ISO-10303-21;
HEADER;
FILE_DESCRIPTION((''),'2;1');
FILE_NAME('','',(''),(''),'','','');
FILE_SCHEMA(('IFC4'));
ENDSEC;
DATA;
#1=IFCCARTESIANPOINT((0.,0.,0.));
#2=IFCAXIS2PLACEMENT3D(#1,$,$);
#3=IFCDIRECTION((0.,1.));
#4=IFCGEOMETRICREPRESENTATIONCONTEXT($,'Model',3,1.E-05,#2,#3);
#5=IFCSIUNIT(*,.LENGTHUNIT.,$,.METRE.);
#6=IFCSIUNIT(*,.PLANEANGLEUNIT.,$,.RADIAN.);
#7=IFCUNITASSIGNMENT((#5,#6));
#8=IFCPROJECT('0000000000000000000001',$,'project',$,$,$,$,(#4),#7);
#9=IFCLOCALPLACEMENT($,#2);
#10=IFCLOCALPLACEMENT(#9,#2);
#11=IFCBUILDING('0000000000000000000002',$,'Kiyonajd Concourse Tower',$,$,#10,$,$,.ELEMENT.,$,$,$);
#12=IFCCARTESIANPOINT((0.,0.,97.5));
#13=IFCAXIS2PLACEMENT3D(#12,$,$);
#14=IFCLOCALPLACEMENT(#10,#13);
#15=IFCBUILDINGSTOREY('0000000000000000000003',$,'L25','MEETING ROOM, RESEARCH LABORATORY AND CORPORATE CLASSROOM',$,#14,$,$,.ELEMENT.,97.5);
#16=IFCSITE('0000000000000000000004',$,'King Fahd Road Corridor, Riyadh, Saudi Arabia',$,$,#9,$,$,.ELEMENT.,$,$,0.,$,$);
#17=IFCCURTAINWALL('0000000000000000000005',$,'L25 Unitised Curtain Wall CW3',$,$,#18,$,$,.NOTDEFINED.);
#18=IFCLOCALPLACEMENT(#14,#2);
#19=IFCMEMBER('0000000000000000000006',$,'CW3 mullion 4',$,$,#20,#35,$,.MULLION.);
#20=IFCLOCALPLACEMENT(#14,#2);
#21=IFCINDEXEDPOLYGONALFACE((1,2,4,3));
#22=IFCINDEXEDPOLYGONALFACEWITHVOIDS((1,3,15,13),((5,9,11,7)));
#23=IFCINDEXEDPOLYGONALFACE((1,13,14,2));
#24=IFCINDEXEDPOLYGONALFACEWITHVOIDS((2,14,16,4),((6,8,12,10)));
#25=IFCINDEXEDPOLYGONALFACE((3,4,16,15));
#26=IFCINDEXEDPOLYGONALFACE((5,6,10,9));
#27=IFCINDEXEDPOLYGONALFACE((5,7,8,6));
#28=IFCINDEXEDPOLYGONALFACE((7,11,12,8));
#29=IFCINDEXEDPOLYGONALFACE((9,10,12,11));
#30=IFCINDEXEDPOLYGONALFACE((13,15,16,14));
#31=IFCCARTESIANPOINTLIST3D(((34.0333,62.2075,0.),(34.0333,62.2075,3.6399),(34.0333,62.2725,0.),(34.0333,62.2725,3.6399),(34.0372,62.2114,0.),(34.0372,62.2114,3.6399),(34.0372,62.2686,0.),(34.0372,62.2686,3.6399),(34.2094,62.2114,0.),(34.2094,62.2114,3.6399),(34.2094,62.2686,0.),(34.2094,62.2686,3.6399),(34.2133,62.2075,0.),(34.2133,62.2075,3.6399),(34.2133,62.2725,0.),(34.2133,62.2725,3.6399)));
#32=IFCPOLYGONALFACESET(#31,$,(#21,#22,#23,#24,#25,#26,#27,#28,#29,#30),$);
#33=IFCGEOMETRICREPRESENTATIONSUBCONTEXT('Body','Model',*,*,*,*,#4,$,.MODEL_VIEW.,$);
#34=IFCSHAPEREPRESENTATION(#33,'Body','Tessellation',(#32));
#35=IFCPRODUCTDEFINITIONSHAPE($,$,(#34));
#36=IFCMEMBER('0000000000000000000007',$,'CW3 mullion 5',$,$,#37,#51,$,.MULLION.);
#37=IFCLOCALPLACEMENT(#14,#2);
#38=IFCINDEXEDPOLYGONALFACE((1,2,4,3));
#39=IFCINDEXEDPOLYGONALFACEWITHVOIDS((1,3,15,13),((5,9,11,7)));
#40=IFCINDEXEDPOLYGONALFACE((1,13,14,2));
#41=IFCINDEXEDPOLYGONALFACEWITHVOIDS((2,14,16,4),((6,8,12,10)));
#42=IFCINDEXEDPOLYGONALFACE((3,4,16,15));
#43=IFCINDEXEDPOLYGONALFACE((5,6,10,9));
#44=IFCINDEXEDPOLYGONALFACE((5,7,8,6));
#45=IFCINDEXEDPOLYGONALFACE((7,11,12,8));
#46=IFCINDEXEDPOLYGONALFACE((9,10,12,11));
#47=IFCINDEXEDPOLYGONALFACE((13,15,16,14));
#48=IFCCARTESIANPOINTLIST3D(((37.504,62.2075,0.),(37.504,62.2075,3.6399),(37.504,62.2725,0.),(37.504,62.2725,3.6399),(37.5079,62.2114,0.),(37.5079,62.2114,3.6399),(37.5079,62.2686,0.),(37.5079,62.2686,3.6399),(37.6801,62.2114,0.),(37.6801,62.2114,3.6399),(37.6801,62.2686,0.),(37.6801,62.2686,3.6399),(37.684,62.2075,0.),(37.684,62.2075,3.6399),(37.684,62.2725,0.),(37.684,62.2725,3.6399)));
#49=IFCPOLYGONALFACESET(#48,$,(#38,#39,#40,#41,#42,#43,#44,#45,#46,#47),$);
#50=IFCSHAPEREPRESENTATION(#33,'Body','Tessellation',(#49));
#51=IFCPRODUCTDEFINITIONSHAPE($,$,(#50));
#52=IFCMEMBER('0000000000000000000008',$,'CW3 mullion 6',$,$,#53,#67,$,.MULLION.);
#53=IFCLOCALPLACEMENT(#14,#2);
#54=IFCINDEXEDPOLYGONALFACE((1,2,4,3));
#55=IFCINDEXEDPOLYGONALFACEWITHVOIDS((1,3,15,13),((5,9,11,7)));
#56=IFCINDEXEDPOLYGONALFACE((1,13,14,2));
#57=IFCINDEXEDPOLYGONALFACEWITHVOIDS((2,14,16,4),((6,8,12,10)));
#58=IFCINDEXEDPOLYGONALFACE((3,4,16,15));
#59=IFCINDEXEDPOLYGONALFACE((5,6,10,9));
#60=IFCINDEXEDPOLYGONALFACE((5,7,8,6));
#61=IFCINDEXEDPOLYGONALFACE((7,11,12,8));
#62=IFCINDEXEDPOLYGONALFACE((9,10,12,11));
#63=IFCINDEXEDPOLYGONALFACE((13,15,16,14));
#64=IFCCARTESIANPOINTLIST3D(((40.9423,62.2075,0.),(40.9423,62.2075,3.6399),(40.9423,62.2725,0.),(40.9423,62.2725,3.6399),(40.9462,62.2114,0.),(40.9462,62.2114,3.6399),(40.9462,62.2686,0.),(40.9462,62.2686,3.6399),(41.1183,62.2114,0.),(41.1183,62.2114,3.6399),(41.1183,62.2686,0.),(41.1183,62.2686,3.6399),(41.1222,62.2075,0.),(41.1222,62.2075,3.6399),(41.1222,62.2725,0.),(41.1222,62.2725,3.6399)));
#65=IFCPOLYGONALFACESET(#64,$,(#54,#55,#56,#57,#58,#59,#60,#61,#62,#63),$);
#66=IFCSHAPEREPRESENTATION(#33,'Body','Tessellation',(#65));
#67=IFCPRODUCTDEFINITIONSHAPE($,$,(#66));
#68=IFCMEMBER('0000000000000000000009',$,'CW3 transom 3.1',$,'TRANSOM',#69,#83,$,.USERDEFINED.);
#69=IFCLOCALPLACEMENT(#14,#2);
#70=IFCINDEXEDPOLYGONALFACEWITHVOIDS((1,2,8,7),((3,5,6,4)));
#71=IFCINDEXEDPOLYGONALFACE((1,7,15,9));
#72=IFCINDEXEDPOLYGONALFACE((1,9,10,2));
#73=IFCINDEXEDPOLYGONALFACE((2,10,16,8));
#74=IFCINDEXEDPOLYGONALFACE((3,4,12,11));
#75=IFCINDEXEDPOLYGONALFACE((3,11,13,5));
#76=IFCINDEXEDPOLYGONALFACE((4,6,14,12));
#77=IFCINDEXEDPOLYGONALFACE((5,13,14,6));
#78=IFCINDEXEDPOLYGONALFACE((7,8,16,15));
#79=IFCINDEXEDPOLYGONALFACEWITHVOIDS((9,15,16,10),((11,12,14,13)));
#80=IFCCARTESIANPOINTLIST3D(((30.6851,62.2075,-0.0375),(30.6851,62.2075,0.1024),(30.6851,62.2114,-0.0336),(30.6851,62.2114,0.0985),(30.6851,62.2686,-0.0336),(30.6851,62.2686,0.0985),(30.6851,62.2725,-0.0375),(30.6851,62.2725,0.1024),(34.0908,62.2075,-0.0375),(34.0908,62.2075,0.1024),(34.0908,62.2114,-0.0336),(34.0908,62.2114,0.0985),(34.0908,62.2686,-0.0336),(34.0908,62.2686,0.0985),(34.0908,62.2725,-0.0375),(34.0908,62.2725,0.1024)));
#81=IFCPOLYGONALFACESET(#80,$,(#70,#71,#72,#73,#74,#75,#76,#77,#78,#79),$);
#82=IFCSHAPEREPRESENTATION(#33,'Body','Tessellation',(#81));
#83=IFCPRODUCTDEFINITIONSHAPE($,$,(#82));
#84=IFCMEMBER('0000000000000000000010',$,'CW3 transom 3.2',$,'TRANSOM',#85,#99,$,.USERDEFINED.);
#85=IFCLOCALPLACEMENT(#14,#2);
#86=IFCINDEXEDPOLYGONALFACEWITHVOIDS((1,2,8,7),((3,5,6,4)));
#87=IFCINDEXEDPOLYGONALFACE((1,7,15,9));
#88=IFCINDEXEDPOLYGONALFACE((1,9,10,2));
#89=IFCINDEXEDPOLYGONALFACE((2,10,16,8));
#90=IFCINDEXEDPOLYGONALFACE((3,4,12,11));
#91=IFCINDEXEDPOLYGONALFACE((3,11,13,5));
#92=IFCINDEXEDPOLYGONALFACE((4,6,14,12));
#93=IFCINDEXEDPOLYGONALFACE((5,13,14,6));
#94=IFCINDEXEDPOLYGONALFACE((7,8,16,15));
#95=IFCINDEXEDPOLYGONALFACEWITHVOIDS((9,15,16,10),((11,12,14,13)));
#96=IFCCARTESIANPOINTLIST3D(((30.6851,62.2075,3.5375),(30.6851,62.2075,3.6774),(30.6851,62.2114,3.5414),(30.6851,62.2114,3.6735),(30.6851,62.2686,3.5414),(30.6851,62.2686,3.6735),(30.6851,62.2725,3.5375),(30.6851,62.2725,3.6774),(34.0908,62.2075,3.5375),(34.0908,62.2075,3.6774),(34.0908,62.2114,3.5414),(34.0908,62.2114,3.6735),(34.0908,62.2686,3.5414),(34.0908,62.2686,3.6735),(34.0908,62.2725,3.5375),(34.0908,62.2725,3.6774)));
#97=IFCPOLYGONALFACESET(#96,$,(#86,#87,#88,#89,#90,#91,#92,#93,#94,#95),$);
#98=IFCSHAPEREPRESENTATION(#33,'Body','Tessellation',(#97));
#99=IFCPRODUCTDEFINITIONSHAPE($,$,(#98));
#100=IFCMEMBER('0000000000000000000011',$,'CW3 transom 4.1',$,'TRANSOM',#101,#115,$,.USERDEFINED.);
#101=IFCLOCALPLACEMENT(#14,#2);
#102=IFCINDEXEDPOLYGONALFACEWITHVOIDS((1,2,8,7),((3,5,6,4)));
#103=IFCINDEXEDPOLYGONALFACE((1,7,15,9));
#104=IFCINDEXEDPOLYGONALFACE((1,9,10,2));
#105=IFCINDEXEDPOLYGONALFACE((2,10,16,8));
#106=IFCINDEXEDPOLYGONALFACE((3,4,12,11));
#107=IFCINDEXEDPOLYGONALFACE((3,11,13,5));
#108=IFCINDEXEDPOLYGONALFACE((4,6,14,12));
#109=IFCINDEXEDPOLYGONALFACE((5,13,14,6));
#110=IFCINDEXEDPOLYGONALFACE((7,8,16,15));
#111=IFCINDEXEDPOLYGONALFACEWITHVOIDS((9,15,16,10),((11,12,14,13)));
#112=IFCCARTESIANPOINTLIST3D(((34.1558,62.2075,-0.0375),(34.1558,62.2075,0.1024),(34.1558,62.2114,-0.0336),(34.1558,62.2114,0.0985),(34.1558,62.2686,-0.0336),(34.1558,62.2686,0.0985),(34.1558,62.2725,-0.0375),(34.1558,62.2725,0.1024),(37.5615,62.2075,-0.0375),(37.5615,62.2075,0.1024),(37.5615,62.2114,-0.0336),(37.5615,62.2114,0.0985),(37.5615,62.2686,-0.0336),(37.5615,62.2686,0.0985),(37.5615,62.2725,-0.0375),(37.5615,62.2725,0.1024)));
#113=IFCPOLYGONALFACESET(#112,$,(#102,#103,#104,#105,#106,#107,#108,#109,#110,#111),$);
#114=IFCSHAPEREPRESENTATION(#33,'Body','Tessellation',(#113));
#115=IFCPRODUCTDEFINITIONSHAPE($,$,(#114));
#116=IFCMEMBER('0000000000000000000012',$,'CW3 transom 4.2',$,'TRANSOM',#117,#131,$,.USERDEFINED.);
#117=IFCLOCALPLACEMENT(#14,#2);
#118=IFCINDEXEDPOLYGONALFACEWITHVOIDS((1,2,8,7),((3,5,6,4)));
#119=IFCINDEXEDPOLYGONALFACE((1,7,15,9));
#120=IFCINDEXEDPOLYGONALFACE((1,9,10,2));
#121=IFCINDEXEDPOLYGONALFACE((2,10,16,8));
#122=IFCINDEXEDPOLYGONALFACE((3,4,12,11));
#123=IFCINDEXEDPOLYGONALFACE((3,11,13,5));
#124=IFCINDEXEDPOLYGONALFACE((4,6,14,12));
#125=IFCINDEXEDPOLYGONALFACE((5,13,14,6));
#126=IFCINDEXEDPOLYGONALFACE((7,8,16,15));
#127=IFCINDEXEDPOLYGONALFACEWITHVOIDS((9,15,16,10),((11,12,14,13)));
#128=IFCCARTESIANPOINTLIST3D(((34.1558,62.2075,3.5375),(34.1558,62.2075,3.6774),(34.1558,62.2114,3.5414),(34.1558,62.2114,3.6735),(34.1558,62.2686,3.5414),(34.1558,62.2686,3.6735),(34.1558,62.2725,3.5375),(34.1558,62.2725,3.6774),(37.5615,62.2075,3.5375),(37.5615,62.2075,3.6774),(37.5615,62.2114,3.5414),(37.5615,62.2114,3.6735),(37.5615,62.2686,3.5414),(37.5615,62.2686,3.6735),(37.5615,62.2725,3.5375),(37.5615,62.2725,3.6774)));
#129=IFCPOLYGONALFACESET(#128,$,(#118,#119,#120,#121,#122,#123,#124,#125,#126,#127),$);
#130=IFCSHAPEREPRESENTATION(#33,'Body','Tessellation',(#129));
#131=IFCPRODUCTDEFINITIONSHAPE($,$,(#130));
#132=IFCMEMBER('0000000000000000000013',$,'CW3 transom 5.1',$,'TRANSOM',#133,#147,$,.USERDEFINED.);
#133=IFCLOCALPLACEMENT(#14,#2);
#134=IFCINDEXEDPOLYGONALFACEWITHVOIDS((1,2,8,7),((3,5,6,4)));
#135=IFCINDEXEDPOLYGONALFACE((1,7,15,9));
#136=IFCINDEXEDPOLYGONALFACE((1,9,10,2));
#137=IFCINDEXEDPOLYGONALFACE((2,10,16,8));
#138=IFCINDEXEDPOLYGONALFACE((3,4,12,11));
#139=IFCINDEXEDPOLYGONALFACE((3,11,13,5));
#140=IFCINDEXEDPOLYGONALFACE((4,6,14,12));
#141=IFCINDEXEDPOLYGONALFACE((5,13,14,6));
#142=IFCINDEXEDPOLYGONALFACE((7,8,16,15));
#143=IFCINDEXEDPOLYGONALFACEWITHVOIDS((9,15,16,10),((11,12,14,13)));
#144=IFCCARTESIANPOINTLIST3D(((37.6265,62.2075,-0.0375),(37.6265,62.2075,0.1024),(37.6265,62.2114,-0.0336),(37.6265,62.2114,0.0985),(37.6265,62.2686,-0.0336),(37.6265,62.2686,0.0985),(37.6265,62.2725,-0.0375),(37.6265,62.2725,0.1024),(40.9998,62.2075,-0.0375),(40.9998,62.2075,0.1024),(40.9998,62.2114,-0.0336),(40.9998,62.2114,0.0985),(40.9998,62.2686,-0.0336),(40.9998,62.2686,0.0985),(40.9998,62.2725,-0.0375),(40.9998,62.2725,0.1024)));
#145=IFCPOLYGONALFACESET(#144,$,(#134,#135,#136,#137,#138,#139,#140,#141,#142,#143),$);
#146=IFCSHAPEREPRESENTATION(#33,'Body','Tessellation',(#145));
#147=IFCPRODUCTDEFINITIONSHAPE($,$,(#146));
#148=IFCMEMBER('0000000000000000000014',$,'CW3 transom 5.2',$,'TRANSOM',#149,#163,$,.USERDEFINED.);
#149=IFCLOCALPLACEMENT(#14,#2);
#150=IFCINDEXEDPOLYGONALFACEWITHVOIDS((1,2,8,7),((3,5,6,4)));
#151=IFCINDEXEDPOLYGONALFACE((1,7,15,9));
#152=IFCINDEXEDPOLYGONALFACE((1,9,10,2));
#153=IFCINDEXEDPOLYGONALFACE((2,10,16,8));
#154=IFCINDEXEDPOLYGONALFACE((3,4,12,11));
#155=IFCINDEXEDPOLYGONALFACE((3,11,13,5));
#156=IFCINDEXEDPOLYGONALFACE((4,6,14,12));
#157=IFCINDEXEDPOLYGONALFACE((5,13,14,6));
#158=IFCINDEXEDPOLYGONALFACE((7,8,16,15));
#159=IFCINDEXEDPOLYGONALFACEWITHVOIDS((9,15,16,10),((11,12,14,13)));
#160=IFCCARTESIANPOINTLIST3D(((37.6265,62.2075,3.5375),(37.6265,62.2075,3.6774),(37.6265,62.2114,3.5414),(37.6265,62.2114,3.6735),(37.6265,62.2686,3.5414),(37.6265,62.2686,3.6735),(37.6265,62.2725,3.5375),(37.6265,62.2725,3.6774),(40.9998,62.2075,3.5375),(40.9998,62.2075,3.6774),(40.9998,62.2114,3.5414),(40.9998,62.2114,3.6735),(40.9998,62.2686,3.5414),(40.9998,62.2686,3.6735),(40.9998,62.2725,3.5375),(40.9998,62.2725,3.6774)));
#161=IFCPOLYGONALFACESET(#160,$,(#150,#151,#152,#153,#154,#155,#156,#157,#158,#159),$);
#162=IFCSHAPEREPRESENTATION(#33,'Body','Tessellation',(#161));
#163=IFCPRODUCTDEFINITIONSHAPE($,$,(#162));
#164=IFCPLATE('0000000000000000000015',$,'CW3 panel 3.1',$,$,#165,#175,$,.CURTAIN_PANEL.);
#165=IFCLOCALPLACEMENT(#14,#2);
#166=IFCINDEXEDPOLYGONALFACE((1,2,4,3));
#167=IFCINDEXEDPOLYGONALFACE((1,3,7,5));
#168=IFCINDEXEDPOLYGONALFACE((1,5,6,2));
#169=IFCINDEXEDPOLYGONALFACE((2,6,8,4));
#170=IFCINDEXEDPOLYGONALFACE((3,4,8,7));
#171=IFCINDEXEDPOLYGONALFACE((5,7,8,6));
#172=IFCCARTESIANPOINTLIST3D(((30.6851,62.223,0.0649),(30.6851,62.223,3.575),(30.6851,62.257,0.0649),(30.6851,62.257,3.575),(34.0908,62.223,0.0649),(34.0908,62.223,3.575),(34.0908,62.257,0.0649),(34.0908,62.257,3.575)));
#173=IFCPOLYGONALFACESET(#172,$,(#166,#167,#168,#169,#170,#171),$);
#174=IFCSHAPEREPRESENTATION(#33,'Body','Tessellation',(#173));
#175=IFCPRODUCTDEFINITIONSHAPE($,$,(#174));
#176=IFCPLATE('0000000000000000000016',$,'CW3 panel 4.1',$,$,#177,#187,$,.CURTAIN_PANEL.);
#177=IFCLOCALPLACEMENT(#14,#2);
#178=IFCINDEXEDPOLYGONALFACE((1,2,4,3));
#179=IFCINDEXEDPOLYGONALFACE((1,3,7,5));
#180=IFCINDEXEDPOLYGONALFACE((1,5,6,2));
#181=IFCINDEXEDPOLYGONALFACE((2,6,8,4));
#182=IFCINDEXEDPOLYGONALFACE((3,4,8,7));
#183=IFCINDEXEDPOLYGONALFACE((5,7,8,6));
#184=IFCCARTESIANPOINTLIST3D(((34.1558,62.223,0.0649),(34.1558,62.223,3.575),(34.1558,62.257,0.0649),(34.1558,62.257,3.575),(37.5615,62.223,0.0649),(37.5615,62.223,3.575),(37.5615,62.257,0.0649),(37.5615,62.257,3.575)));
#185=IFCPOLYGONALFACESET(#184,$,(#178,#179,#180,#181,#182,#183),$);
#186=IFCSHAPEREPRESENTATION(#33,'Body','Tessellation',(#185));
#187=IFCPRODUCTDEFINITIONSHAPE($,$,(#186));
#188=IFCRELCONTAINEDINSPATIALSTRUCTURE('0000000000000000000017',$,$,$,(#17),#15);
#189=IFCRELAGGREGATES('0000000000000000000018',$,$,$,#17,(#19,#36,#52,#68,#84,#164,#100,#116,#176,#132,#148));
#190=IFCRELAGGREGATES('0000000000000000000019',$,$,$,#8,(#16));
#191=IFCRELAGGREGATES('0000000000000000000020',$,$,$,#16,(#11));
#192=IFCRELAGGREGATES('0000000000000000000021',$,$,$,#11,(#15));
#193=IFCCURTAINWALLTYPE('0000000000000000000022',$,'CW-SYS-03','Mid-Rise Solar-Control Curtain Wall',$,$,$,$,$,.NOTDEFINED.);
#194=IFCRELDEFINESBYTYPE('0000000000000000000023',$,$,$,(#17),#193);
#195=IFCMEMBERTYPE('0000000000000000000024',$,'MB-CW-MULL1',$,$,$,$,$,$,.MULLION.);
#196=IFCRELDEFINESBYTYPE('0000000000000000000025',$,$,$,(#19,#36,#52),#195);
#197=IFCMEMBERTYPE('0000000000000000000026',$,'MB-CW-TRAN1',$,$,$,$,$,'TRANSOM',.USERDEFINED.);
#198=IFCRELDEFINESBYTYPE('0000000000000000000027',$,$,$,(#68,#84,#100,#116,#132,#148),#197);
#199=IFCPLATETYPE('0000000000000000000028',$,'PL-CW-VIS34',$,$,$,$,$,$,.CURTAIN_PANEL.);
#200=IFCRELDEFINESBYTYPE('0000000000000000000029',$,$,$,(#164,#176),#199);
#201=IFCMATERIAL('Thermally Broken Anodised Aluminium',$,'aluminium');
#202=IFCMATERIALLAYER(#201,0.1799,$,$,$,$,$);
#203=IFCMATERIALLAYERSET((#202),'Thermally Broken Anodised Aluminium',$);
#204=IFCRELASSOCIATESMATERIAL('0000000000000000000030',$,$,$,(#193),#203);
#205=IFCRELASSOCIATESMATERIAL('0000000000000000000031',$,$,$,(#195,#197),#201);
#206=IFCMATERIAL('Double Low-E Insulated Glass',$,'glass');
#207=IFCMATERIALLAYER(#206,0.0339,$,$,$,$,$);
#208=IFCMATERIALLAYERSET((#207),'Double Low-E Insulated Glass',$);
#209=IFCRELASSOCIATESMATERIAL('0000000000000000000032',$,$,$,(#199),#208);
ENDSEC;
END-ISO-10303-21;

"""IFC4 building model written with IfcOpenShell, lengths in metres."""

from ifc_helpers import new_model, si_unit, direction, frame, origin, origin_2d, place, context, subcontext, project, spatial, rectangle, hollow_rectangle, extrude, material, layer, layer_set, material_profile, profile_set, type_object, element, aggregate, save


model = new_model("IFC4")

# Units and contexts
model_context = context("Model", 3, precision=1e-05, world=origin(), true_north=direction((0.0, 1.0)))
body_context = subcontext(model_context, "Body", "Model", "MODEL_VIEW")
ifc_project = project(units=[si_unit("LENGTHUNIT", "METRE"), si_unit("PLANEANGLEUNIT", "RADIAN")], contexts=[model_context])

# Site, building, storey
site_placement = place(None, origin())
site = spatial("IfcSite", under=ifc_project, at=site_placement, Name="King Fahd Road Corridor, Riyadh, Saudi Arabia", CompositionType="ELEMENT", RefElevation=0.0)
building_placement = place(site_placement, origin())
building = spatial("IfcBuilding", under=site, at=building_placement, Name="Kiyonajd Concourse Tower", CompositionType="ELEMENT")
storey_placement = place(building_placement, frame((0.0, 0.0, 97.5)))
storey = spatial("IfcBuildingStorey", under=building, at=storey_placement, Name="L25", Description="MEETING ROOM, RESEARCH LABORATORY AND CORPORATE CLASSROOM", CompositionType="ELEMENT", Elevation=97.5)

# Curtain wall, members, plates
ifc_material_1 = material(Name="Thermally Broken Anodised Aluminium", Category="aluminium")
ifc_layer_1 = layer(ifc_material_1, 0.1799)
ifc_layer_set_1 = layer_set([ifc_layer_1], Name="Thermally Broken Anodised Aluminium")
curtain_wall_type = type_object("IfcCurtainWallType", Name="CW-SYS-03", Description="Mid-Rise Solar-Control Curtain Wall", PredefinedType="NOTDEFINED", material=ifc_layer_set_1)
curtain_wall_placement = place(storey_placement, origin())
curtain_wall = element("IfcCurtainWall", 1, at=curtain_wall_placement, inside=storey, type_object=curtain_wall_type, Name="L25 Unitised Curtain Wall CW3", PredefinedType="NOTDEFINED")
ifc_material_profile_1 = material_profile(ifc_material_1, hollow_rectangle(XDim=0.0649, YDim=0.1799, WallThickness=0.0039, at=origin_2d()), Name="MULL-65x180")
ifc_profile_set_1 = profile_set([ifc_material_profile_1], Name="Thermally Broken Anodised Aluminium")
member_type_1 = type_object("IfcMemberType", Name="MB-CW-MULL1", PredefinedType="MULLION", material=ifc_profile_set_1)
member_1_placement = place(storey_placement, frame((34.1233, 62.24, 0.0), z_axis=(0.0, 0.0, 1.0), x_axis=(0.0, 1.0, 0.0)))
member_1 = element("IfcMember", 2, at=member_1_placement, type_object=member_type_1, Name="CW3 mullion 4", PredefinedType="MULLION", context=body_context, shape_type="SweptSolid", body=[
    extrude(hollow_rectangle(XDim=0.0649, YDim=0.1799, WallThickness=0.0039, at=origin_2d()), origin(), (0.0, 0.0, 1.0), 3.6399),
])
member_2_placement = place(storey_placement, frame((37.594, 62.24, 0.0), z_axis=(0.0, 0.0, 1.0), x_axis=(0.0, 1.0, 0.0)))
member_2 = element("IfcMember", 3, at=member_2_placement, type_object=member_type_1, Name="CW3 mullion 5", PredefinedType="MULLION", context=body_context, shape_type="SweptSolid", body=[
    extrude(hollow_rectangle(XDim=0.0649, YDim=0.1799, WallThickness=0.0039, at=origin_2d()), origin(), (0.0, 0.0, 1.0), 3.6399),
])
member_3_placement = place(storey_placement, frame((41.0322, 62.24, 0.0), z_axis=(0.0, 0.0, 1.0), x_axis=(0.0, 1.0, 0.0)))
member_3 = element("IfcMember", 4, at=member_3_placement, type_object=member_type_1, Name="CW3 mullion 6", PredefinedType="MULLION", context=body_context, shape_type="SweptSolid", body=[
    extrude(hollow_rectangle(XDim=0.0649, YDim=0.1799, WallThickness=0.0039, at=origin_2d()), origin(), (0.0, 0.0, 1.0), 3.6399),
])
ifc_material_profile_2 = material_profile(ifc_material_1, hollow_rectangle(XDim=0.0649, YDim=0.1399, WallThickness=0.0039, at=origin_2d()), Name="TRAN-65x140")
ifc_profile_set_2 = profile_set([ifc_material_profile_2], Name="Thermally Broken Anodised Aluminium")
member_type_2 = type_object("IfcMemberType", Name="MB-CW-TRAN1", ElementType="TRANSOM", PredefinedType="USERDEFINED", material=ifc_profile_set_2)
member_4_placement = place(storey_placement, frame((30.6851, 62.24, 0.0325), z_axis=(1.0, 0.0, 0.0), x_axis=(0.0, 1.0, 0.0)))
member_4 = element("IfcMember", 5, at=member_4_placement, type_object=member_type_2, Name="CW3 transom 3.1", ObjectType="TRANSOM", PredefinedType="USERDEFINED", context=body_context, shape_type="SweptSolid", body=[
    extrude(hollow_rectangle(XDim=0.0649, YDim=0.1399, WallThickness=0.0039, at=origin_2d()), origin(), (0.0, 0.0, 1.0), 3.4058),
])
member_5_placement = place(storey_placement, frame((30.6851, 62.24, 3.6074), z_axis=(1.0, 0.0, 0.0), x_axis=(0.0, 1.0, 0.0)))
member_5 = element("IfcMember", 6, at=member_5_placement, type_object=member_type_2, Name="CW3 transom 3.2", ObjectType="TRANSOM", PredefinedType="USERDEFINED", context=body_context, shape_type="SweptSolid", body=[
    extrude(hollow_rectangle(XDim=0.0649, YDim=0.1399, WallThickness=0.0039, at=origin_2d()), origin(), (0.0, 0.0, 1.0), 3.4058),
])
member_6_placement = place(storey_placement, frame((34.1558, 62.24, 0.0325), z_axis=(1.0, 0.0, 0.0), x_axis=(0.0, 1.0, 0.0)))
member_6 = element("IfcMember", 7, at=member_6_placement, type_object=member_type_2, Name="CW3 transom 4.1", ObjectType="TRANSOM", PredefinedType="USERDEFINED", context=body_context, shape_type="SweptSolid", body=[
    extrude(hollow_rectangle(XDim=0.0649, YDim=0.1399, WallThickness=0.0039, at=origin_2d()), origin(), (0.0, 0.0, 1.0), 3.4058),
])
member_7_placement = place(storey_placement, frame((34.1558, 62.24, 3.6074), z_axis=(1.0, 0.0, 0.0), x_axis=(0.0, 1.0, 0.0)))
member_7 = element("IfcMember", 8, at=member_7_placement, type_object=member_type_2, Name="CW3 transom 4.2", ObjectType="TRANSOM", PredefinedType="USERDEFINED", context=body_context, shape_type="SweptSolid", body=[
    extrude(hollow_rectangle(XDim=0.0649, YDim=0.1399, WallThickness=0.0039, at=origin_2d()), origin(), (0.0, 0.0, 1.0), 3.4058),
])
member_8_placement = place(storey_placement, frame((37.6265, 62.24, 0.0325), z_axis=(1.0, 0.0, 0.0), x_axis=(0.0, 1.0, 0.0)))
member_8 = element("IfcMember", 9, at=member_8_placement, type_object=member_type_2, Name="CW3 transom 5.1", ObjectType="TRANSOM", PredefinedType="USERDEFINED", context=body_context, shape_type="SweptSolid", body=[
    extrude(hollow_rectangle(XDim=0.0649, YDim=0.1399, WallThickness=0.0039, at=origin_2d()), origin(), (0.0, 0.0, 1.0), 3.3733),
])
member_9_placement = place(storey_placement, frame((37.6265, 62.24, 3.6074), z_axis=(1.0, 0.0, 0.0), x_axis=(0.0, 1.0, 0.0)))
member_9 = element("IfcMember", 10, at=member_9_placement, type_object=member_type_2, Name="CW3 transom 5.2", ObjectType="TRANSOM", PredefinedType="USERDEFINED", context=body_context, shape_type="SweptSolid", body=[
    extrude(hollow_rectangle(XDim=0.0649, YDim=0.1399, WallThickness=0.0039, at=origin_2d()), origin(), (0.0, 0.0, 1.0), 3.3733),
])
ifc_material_2 = material(Name="Double Low-E Insulated Glass", Category="glass")
ifc_layer_2 = layer(ifc_material_2, 0.0339)
ifc_layer_set_2 = layer_set([ifc_layer_2], Name="Double Low-E Insulated Glass")
plate_type_1 = type_object("IfcPlateType", Name="PL-CW-VIS34", PredefinedType="CURTAIN_PANEL", material=ifc_layer_set_2)
plate_1_placement = place(storey_placement, frame((32.3879, 62.24, 0.0649), z_axis=(0.0, 0.0, 1.0), x_axis=(1.0, 0.0, 0.0)))
plate_1 = element("IfcPlate", 11, at=plate_1_placement, type_object=plate_type_1, Name="CW3 panel 3.1", PredefinedType="CURTAIN_PANEL", context=body_context, shape_type="SweptSolid", body=[
    extrude(rectangle(XDim=3.4058, YDim=0.0339, at=origin_2d()), origin(), (0.0, 0.0, 1.0), 3.51),
])
plate_2_placement = place(storey_placement, frame((35.8586, 62.24, 0.0649), z_axis=(0.0, 0.0, 1.0), x_axis=(1.0, 0.0, 0.0)))
plate_2 = element("IfcPlate", 12, at=plate_2_placement, type_object=plate_type_1, Name="CW3 panel 4.1", PredefinedType="CURTAIN_PANEL", context=body_context, shape_type="SweptSolid", body=[
    extrude(rectangle(XDim=3.4058, YDim=0.0339, at=origin_2d()), origin(), (0.0, 0.0, 1.0), 3.51),
])
aggregate(curtain_wall, [member_1, member_2, member_3, member_4, member_5, plate_1, member_6, member_7, plate_2, member_8, member_9])

save(model, "model.ifc")
